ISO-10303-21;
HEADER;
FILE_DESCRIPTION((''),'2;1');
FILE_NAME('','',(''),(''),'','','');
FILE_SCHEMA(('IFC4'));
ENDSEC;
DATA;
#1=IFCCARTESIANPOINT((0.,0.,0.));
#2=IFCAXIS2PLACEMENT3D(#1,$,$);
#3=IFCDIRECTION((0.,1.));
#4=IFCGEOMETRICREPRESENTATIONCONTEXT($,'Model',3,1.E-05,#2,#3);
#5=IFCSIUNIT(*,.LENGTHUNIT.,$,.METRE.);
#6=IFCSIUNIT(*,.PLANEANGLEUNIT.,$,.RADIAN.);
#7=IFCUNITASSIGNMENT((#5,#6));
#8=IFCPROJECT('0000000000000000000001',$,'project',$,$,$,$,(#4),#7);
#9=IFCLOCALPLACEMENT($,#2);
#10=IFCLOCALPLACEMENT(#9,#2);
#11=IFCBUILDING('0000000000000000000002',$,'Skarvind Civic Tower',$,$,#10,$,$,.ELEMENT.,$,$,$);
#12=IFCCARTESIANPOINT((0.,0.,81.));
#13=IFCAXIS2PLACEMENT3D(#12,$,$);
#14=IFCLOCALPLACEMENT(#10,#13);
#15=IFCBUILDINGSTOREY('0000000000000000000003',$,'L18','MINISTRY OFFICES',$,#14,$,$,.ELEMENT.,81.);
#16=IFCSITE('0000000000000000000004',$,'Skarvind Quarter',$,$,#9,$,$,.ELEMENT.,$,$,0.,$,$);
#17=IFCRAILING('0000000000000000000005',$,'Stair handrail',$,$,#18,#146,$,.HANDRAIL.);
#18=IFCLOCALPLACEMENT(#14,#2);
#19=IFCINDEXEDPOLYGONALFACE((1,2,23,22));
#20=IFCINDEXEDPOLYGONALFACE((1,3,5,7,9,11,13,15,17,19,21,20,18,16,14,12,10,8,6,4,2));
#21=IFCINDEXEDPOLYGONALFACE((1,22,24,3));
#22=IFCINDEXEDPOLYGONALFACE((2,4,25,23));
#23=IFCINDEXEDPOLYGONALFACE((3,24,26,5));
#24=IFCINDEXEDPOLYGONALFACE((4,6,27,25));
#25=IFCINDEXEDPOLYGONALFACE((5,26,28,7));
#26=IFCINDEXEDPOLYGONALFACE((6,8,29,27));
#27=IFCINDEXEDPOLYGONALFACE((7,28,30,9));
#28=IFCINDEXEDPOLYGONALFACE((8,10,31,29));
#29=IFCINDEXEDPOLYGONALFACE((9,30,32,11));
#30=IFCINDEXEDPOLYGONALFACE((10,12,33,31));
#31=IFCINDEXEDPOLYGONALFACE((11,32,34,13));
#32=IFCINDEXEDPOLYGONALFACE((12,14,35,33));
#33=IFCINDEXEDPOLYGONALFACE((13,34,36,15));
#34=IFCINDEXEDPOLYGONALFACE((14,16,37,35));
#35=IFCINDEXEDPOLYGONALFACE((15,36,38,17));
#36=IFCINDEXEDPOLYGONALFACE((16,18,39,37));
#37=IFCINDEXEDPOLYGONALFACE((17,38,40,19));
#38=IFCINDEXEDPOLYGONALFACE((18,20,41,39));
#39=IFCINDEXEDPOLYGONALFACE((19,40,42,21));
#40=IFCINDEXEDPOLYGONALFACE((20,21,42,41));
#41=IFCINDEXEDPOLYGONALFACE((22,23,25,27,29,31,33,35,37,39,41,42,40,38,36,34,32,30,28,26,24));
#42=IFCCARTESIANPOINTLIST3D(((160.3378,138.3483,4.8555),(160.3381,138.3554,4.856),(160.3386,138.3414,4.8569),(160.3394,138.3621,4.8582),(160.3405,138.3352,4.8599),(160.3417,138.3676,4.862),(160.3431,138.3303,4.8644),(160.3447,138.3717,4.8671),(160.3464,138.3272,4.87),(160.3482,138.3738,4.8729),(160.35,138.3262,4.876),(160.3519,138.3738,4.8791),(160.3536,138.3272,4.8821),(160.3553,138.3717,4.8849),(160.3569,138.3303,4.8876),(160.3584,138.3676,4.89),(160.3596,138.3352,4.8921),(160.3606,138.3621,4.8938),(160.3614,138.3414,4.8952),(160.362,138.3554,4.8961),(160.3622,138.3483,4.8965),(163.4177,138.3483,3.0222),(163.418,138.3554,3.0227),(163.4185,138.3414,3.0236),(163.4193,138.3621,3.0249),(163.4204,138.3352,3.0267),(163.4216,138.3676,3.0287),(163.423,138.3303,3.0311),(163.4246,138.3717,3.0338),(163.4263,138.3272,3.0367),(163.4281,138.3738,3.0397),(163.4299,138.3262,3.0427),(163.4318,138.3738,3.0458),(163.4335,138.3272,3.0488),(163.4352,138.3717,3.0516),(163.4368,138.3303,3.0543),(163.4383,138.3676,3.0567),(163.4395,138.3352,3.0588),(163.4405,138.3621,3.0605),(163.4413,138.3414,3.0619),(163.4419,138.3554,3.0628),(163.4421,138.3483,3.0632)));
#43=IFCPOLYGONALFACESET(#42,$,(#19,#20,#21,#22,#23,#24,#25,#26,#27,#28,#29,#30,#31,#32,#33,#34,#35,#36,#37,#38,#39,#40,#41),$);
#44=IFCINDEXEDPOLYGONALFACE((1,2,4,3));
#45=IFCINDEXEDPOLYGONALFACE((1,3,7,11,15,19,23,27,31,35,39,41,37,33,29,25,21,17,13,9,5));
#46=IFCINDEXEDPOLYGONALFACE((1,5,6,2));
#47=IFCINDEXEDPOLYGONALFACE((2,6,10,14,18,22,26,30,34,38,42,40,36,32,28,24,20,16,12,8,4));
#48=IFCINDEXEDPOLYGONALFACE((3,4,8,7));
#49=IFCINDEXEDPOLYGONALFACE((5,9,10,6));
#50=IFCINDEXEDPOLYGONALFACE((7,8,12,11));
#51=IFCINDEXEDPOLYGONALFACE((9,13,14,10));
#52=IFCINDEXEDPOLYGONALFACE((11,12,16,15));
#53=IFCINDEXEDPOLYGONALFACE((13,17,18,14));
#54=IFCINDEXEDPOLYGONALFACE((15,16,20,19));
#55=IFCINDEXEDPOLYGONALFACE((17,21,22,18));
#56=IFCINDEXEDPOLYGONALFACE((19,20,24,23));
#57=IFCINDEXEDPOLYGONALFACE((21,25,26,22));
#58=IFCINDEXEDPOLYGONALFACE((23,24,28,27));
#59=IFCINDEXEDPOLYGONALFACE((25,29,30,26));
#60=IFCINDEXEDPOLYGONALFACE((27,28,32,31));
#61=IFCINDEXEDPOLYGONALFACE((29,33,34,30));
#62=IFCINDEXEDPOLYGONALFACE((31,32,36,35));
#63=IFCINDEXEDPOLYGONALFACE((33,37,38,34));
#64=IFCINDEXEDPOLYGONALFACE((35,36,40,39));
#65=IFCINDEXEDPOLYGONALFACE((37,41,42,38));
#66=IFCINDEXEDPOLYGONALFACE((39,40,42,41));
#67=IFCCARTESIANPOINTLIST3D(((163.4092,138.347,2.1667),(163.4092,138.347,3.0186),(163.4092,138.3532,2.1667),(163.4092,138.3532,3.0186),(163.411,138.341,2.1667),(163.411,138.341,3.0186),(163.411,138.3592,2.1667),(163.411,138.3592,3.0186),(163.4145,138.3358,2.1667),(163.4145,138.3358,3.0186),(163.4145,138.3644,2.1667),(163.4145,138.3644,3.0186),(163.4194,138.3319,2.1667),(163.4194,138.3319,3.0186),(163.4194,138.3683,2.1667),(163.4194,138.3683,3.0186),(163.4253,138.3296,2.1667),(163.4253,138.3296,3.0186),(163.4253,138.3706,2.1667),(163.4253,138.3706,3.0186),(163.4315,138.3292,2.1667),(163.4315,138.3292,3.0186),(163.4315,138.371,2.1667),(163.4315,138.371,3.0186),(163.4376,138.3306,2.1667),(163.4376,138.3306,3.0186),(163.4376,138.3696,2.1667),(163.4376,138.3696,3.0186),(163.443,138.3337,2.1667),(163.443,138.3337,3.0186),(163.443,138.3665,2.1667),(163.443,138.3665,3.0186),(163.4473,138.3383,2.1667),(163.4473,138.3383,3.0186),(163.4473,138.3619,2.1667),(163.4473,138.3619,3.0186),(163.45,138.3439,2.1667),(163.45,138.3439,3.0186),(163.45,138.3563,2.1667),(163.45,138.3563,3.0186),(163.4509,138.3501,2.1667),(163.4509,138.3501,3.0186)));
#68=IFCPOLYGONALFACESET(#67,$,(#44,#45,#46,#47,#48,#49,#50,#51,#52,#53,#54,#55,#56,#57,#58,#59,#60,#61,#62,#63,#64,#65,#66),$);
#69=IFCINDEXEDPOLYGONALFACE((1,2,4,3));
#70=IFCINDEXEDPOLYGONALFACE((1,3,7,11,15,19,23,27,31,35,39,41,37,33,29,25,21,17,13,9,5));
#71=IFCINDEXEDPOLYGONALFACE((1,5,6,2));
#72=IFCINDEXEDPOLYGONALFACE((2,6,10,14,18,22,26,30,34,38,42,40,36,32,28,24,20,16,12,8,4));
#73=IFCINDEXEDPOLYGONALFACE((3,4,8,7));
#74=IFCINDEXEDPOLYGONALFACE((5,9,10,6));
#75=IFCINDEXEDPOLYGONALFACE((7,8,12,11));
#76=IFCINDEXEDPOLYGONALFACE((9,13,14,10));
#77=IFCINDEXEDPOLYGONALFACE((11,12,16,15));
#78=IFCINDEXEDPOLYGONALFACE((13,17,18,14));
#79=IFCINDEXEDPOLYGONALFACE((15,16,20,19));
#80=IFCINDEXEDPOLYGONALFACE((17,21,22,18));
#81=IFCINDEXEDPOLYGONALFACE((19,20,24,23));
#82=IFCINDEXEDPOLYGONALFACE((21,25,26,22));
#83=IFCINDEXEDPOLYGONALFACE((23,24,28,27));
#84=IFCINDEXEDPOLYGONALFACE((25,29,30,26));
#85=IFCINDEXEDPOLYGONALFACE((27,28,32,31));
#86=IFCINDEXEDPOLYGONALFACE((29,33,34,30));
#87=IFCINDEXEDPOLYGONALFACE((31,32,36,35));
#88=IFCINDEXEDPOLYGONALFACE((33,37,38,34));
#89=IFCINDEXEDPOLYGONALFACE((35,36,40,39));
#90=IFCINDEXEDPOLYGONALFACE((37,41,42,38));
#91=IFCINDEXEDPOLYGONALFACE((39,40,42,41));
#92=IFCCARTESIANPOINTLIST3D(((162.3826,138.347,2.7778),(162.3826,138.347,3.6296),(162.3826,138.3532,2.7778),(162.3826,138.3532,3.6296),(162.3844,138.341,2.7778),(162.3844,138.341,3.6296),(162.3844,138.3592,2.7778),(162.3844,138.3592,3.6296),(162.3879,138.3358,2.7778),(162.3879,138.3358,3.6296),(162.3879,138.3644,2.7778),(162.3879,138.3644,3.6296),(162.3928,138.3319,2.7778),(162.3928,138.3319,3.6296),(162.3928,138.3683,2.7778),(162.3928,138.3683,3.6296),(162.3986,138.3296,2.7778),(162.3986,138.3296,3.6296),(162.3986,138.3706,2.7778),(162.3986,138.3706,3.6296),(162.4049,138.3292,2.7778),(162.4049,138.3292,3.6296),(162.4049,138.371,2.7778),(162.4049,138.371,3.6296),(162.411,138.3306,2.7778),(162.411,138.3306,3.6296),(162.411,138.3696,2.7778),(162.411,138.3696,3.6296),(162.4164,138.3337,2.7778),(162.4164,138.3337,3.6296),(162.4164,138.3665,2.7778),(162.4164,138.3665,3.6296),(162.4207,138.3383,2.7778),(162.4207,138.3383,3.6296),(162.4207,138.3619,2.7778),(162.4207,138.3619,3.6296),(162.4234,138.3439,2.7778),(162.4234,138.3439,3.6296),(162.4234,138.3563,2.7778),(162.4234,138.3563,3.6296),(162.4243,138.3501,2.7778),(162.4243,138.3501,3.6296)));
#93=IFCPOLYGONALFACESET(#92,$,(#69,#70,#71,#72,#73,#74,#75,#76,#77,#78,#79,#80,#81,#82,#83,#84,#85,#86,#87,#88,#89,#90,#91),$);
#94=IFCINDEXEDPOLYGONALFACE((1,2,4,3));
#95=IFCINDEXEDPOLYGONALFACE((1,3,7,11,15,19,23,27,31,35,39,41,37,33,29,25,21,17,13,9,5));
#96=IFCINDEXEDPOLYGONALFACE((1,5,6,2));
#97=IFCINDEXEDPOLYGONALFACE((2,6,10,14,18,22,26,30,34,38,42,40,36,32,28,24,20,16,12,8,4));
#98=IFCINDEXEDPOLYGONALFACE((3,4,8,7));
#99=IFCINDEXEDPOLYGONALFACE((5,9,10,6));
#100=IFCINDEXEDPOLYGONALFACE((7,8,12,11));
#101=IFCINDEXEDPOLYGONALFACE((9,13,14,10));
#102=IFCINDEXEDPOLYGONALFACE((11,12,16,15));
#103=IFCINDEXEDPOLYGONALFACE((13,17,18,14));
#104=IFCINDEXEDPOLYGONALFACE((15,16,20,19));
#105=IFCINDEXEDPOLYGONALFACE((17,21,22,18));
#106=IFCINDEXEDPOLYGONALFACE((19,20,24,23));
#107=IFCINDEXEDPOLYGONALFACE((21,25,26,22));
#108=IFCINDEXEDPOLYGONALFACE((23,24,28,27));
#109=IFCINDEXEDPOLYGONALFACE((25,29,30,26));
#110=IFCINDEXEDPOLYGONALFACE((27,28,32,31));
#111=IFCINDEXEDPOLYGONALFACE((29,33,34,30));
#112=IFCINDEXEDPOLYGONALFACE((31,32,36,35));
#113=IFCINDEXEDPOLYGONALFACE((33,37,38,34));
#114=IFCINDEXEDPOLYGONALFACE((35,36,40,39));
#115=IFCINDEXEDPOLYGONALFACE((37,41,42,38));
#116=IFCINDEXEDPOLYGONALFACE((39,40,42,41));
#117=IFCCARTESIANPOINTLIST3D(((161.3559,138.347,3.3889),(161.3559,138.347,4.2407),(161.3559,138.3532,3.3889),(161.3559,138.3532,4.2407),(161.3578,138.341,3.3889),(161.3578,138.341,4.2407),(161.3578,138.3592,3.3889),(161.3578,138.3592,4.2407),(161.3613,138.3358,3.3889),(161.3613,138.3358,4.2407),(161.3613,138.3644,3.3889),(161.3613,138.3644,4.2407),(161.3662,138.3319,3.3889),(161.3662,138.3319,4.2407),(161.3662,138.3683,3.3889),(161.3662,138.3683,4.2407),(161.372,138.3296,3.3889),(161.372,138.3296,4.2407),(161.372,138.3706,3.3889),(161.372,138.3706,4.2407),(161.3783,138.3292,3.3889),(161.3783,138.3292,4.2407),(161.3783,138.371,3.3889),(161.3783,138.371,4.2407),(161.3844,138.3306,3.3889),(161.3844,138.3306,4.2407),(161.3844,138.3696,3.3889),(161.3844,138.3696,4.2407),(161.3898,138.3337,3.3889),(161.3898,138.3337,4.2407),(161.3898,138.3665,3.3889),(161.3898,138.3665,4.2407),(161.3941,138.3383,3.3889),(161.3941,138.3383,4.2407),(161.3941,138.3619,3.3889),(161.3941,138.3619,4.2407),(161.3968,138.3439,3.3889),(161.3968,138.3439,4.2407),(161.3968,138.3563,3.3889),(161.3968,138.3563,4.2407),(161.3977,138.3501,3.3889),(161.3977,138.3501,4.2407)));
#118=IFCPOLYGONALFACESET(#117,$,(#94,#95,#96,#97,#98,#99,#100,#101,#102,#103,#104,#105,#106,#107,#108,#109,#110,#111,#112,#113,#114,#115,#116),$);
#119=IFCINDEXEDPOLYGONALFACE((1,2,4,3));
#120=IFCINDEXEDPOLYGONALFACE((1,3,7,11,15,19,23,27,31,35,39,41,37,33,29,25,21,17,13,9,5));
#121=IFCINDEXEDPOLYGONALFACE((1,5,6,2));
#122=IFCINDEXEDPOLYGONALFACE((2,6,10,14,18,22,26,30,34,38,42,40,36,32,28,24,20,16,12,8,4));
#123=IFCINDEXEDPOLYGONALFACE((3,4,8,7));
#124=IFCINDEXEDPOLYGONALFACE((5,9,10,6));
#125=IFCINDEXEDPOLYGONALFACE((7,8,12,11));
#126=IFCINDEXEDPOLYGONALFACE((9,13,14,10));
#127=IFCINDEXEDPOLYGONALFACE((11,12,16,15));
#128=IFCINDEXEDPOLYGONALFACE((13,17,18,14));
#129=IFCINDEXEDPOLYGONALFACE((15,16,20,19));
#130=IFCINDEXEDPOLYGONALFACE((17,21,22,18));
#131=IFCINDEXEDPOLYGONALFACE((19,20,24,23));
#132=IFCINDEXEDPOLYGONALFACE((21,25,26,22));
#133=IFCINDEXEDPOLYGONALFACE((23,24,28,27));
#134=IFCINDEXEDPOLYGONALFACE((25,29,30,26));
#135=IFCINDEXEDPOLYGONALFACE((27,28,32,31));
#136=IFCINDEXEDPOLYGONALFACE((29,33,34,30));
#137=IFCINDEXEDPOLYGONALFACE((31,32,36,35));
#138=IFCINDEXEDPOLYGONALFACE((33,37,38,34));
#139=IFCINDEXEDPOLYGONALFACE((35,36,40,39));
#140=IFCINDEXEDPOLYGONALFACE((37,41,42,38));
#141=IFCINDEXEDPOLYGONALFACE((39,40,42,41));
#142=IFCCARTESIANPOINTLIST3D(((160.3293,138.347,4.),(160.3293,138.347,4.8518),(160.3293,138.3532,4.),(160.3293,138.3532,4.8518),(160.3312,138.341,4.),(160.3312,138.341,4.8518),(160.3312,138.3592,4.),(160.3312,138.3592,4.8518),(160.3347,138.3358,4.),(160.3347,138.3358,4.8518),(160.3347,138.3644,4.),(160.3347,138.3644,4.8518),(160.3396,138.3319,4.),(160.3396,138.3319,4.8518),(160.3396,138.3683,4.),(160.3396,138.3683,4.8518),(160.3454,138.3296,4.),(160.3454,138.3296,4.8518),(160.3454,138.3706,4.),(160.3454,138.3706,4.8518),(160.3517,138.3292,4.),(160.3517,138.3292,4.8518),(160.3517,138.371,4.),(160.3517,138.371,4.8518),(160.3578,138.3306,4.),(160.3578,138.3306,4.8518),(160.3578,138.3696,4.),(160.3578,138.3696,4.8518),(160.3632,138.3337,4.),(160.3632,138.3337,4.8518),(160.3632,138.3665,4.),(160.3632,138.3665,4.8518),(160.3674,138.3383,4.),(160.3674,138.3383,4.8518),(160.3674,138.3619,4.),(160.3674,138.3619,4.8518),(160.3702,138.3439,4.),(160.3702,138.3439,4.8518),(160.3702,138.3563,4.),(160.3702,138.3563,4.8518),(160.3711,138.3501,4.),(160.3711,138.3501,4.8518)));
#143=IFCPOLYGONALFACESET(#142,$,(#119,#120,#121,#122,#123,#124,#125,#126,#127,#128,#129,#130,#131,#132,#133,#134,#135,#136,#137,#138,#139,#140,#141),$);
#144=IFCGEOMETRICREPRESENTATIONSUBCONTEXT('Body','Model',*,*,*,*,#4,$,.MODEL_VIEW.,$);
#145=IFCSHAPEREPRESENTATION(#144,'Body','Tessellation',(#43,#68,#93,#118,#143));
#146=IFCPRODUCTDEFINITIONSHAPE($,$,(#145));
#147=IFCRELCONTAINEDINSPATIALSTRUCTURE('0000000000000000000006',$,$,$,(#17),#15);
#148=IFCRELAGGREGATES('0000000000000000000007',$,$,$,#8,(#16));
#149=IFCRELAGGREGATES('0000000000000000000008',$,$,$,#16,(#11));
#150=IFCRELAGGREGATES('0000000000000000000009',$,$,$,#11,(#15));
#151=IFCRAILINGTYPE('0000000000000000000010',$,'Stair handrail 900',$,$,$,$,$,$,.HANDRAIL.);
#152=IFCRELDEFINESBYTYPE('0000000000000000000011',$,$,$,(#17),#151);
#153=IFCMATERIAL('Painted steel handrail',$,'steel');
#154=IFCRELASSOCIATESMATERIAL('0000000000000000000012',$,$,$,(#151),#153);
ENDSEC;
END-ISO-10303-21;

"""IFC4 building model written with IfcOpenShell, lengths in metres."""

from ifc_helpers import new_model, si_unit, direction, frame, origin, origin_2d, place, context, subcontext, project, spatial, circle, extrude, material, type_object, element, save


model = new_model("IFC4")

# Units and contexts
model_context = context("Model", 3, precision=1e-05, world=origin(), true_north=direction((0.0, 1.0)))
body_context = subcontext(model_context, "Body", "Model", "MODEL_VIEW")
ifc_project = project(units=[si_unit("LENGTHUNIT", "METRE"), si_unit("PLANEANGLEUNIT", "RADIAN")], contexts=[model_context])

# Site, building, storey
site_placement = place(None, origin())
site = spatial("IfcSite", under=ifc_project, at=site_placement, Name="Skarvind Quarter", CompositionType="ELEMENT", RefElevation=0.0)
building_placement = place(site_placement, origin())
building = spatial("IfcBuilding", under=site, at=building_placement, Name="Skarvind Civic Tower", CompositionType="ELEMENT")
storey_placement = place(building_placement, frame((0.0, 0.0, 81.0)))
storey = spatial("IfcBuildingStorey", under=building, at=storey_placement, Name="L18", Description="MINISTRY OFFICES", CompositionType="ELEMENT", Elevation=81.0)

# Railing
ifc_material_1 = material(Name="Painted steel handrail", Category="steel")
railing_type = type_object("IfcRailingType", Name="Stair handrail 900", PredefinedType="HANDRAIL", material=ifc_material_1)
railing_1_placement = place(storey_placement, frame((163.4299, 138.3501, 2.1667)))
element("IfcRailing", 1, at=railing_1_placement, inside=storey, type_object=railing_type, Name="Stair handrail", PredefinedType="HANDRAIL", context=body_context, shape_type="SweptSolid", body=[
    extrude(circle(Radius=0.0239, at=origin_2d()), frame((0.0, 0.0, 0.876), z_axis=(-0.859291, 0.0, 0.511487), x_axis=(0.0, -1.0, 0.0)), (0.0, 0.0, 1.0), 3.5842),
    extrude(circle(Radius=0.021, at=origin_2d()), origin(), (0.0, 0.0, 1.0), 0.8518),
    extrude(circle(Radius=0.021, at=origin_2d()), frame((-1.0266, 0.0, 0.6111)), (0.0, 0.0, 1.0), 0.8518),
    extrude(circle(Radius=0.021, at=origin_2d()), frame((-2.0532, 0.0, 1.2222)), (0.0, 0.0, 1.0), 0.8518),
    extrude(circle(Radius=0.021, at=origin_2d()), frame((-3.0798, 0.0, 1.8333)), (0.0, 0.0, 1.0), 0.8518),
])

save(model, "model.ifc")
